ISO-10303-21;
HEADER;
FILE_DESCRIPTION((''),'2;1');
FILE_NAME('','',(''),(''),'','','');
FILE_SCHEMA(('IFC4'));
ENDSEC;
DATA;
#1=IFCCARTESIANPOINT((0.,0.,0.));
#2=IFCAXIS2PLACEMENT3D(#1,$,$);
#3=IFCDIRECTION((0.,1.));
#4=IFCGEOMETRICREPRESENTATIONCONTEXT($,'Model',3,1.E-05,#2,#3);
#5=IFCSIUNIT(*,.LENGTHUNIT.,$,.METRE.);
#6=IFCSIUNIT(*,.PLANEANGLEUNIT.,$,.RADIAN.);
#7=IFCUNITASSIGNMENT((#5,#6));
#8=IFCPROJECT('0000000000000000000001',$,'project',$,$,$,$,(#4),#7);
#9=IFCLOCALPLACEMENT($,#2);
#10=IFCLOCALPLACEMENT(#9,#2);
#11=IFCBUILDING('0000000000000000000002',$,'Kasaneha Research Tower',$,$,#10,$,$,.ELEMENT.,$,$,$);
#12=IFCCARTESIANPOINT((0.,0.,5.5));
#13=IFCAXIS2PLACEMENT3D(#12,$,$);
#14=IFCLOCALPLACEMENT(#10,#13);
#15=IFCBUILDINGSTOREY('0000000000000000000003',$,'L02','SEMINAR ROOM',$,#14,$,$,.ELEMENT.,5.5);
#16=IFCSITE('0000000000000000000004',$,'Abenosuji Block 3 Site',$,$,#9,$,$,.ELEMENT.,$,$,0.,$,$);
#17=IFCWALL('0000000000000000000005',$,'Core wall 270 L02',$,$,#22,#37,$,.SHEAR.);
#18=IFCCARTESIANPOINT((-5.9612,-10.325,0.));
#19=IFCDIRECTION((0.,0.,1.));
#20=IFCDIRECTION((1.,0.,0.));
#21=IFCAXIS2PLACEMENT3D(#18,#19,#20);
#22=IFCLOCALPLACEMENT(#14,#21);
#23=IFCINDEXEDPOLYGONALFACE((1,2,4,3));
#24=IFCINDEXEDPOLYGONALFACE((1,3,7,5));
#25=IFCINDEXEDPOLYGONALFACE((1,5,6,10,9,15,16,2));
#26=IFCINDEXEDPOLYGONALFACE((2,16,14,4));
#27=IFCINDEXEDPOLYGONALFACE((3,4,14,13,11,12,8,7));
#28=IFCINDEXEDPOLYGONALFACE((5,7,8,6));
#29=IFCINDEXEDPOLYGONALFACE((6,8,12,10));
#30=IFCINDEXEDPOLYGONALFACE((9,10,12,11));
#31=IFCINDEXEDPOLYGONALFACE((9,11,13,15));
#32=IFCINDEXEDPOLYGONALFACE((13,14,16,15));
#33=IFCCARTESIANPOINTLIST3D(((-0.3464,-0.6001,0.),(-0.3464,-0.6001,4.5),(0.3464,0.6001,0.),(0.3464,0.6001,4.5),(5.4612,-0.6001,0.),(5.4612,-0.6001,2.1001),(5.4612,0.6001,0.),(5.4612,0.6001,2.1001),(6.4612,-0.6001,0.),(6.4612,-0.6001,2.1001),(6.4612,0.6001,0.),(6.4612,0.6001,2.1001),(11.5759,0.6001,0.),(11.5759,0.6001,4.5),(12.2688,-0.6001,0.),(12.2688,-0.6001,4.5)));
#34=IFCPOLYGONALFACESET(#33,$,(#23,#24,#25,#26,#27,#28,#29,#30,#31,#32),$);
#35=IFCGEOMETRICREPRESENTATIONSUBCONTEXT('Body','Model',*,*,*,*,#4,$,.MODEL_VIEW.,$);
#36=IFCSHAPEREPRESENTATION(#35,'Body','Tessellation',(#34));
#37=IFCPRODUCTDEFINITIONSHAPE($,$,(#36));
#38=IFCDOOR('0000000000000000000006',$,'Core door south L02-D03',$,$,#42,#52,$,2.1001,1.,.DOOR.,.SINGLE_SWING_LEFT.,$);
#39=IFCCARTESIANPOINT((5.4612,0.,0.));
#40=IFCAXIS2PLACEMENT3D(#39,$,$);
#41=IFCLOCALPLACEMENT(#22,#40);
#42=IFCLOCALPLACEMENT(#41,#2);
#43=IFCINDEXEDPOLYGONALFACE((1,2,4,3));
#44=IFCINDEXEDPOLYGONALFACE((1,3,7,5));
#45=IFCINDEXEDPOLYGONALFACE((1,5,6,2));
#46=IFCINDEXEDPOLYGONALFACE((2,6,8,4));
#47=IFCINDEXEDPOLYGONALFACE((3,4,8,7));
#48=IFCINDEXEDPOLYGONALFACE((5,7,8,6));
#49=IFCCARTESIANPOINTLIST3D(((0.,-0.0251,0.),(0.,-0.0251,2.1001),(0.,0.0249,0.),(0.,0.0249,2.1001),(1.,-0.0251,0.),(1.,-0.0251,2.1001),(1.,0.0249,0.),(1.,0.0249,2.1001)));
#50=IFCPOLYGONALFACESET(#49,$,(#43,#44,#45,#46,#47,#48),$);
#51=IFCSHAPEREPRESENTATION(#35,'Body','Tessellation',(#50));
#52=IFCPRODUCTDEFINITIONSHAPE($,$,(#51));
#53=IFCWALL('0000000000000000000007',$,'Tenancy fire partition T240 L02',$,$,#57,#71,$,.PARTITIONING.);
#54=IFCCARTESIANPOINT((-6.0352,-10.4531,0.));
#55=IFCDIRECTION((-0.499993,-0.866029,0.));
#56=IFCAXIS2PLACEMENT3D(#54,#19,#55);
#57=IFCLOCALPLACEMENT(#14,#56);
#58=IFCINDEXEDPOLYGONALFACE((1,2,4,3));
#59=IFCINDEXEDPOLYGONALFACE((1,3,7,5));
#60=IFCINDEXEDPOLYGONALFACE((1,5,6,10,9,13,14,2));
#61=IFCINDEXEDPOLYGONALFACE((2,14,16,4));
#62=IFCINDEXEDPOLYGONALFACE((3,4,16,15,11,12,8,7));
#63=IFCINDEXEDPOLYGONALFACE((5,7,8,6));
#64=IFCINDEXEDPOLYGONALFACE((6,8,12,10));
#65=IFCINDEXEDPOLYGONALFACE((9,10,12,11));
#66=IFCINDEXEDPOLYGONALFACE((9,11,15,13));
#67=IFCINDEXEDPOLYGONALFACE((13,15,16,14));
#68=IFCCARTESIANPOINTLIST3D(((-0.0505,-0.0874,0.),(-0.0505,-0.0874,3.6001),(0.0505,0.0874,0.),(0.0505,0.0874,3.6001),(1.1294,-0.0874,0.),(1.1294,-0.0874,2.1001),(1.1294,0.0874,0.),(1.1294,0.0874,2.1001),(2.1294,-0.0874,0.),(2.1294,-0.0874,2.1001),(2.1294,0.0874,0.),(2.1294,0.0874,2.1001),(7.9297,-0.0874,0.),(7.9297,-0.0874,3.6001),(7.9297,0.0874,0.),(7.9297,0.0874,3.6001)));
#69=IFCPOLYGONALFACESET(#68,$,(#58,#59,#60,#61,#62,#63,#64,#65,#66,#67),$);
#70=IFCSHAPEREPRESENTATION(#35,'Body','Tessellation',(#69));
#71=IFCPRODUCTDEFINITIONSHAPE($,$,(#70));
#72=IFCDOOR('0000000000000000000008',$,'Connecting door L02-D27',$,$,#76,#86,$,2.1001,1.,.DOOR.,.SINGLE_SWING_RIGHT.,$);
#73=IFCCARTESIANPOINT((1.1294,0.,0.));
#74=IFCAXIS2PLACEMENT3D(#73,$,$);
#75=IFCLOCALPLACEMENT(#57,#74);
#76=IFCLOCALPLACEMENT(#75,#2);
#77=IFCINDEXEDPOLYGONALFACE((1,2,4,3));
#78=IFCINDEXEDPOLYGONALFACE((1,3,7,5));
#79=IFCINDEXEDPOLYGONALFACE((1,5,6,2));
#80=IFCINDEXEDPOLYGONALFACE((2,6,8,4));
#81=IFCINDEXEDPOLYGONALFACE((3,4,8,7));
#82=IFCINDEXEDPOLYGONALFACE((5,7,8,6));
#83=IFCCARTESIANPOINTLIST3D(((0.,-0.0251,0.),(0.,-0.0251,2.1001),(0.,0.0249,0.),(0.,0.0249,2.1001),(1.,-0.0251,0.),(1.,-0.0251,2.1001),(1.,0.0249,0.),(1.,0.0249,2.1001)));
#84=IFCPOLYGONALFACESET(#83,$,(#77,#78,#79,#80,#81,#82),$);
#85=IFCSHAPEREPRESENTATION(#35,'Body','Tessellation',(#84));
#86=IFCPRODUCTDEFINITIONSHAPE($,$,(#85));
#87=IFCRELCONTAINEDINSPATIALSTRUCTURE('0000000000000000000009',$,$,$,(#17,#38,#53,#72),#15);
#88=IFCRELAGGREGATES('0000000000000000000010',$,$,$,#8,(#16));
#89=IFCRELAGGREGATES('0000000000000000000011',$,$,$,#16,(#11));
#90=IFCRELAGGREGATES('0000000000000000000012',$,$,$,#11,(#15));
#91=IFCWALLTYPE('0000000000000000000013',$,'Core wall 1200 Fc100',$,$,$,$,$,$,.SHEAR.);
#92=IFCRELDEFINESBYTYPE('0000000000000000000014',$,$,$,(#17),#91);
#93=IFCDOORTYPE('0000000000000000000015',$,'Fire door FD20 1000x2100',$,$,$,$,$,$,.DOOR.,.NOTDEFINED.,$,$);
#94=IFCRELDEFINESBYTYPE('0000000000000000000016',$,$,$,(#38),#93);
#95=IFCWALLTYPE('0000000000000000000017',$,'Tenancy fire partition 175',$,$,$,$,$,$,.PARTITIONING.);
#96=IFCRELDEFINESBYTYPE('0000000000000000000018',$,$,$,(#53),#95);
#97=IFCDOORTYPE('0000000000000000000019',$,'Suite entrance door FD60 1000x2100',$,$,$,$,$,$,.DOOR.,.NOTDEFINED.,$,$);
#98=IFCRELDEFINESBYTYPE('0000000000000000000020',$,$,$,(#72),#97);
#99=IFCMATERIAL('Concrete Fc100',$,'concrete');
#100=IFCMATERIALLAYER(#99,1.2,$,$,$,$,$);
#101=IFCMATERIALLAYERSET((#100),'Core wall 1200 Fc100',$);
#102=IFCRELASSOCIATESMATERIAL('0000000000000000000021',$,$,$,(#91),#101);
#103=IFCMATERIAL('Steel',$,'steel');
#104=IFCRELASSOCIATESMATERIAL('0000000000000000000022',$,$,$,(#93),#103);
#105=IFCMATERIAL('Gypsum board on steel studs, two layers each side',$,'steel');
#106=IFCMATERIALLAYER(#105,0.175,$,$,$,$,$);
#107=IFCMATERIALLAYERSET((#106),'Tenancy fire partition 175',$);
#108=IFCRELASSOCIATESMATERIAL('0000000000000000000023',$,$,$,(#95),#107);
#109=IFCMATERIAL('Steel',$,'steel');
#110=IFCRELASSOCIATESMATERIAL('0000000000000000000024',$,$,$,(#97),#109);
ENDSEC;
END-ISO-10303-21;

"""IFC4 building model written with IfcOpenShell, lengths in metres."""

from ifc_helpers import new_model, si_unit, direction, frame, frame_2d, origin, place, context, subcontext, project, spatial, polyline, rectangle, outline, extrude, material, layer, layer_set, type_object, element, fill, save


model = new_model("IFC4")

# Units and contexts
model_context = context("Model", 3, precision=1e-05, world=origin(), true_north=direction((0.0, 1.0)))
body_context = subcontext(model_context, "Body", "Model", "MODEL_VIEW")
ifc_project = project(units=[si_unit("LENGTHUNIT", "METRE"), si_unit("PLANEANGLEUNIT", "RADIAN")], contexts=[model_context])

# Site, building, storey
site_placement = place(None, origin())
site = spatial("IfcSite", under=ifc_project, at=site_placement, Name="Abenosuji Block 3 Site", CompositionType="ELEMENT", RefElevation=0.0)
building_placement = place(site_placement, origin())
building = spatial("IfcBuilding", under=site, at=building_placement, Name="Kasaneha Research Tower", CompositionType="ELEMENT")
storey_placement = place(building_placement, frame((0.0, 0.0, 5.5)))
storey = spatial("IfcBuildingStorey", under=building, at=storey_placement, Name="L02", Description="SEMINAR ROOM", CompositionType="ELEMENT", Elevation=5.5)

# Walls, openings, doors
ifc_material_1 = material(Name="Concrete Fc100", Category="concrete")
ifc_layer_1 = layer(ifc_material_1, 1.2)
ifc_layer_set_1 = layer_set([ifc_layer_1], Name="Core wall 1200 Fc100")
wall_type_1 = type_object("IfcWallType", Name="Core wall 1200 Fc100", PredefinedType="SHEAR", material=ifc_layer_set_1)
wall_1_placement = place(storey_placement, frame((-5.9612, -10.325, 0.0), z_axis=(0.0, 0.0, 1.0), x_axis=(1.0, 0.0, 0.0)))
wall_1 = element("IfcWall", 1, at=wall_1_placement, inside=storey, type_object=wall_type_1, Name="Core wall 270 L02", PredefinedType="SHEAR", context=body_context, shape_type="SweptSolid", body=[
    extrude(outline(polyline([(-0.3464, -0.6001), (5.4612, -0.6001), (6.4612, -0.6001), (12.2688, -0.6001), (11.5759, 0.6001), (6.4612, 0.6001), (5.4612, 0.6001), (0.3464, 0.6001), (-0.3464, -0.6001)])), origin(), (0.0, 0.0, 1.0), 4.5),
])
opening_1_placement = place(wall_1_placement, frame((5.4612, 0.0, 0.0)))
opening_1 = element("IfcOpeningElement", 2, at=opening_1_placement, cuts=wall_1, PredefinedType="OPENING", context=body_context, shape_type="SweptSolid", body=[
    extrude(rectangle(XDim=1.0, YDim=2.1001, at=frame_2d((0.5, 1.05))), frame((0.0, 0.6099, 0.0), z_axis=(0.0, -1.0, 0.0), x_axis=(1.0, 0.0, 0.0)), (0.0, 0.0, 1.0), 1.22),
])
ifc_material_2 = material(Name="Steel", Category="steel")
door_type_1 = type_object("IfcDoorType", Name="Fire door FD20 1000x2100", OperationType="NOTDEFINED", PredefinedType="DOOR", material=ifc_material_2)
door_1_placement = place(opening_1_placement, origin())
door_1 = element("IfcDoor", 3, at=door_1_placement, inside=storey, type_object=door_type_1, Name="Core door south L02-D03", OperationType="SINGLE_SWING_LEFT", OverallHeight=2.1001, OverallWidth=1.0, PredefinedType="DOOR", context=body_context, shape_type="SweptSolid", body=[
    extrude(rectangle(XDim=1.0, YDim=2.1001, at=frame_2d((0.5, 1.05))), frame((0.0, 0.0249, 0.0), z_axis=(0.0, -1.0, 0.0), x_axis=(1.0, 0.0, 0.0)), (0.0, 0.0, 1.0), 0.05),
])
fill(opening_1, door_1)
ifc_material_3 = material(Name="Gypsum board on steel studs, two layers each side", Category="steel")
ifc_layer_2 = layer(ifc_material_3, 0.175)
ifc_layer_set_2 = layer_set([ifc_layer_2], Name="Tenancy fire partition 175")
wall_type_2 = type_object("IfcWallType", Name="Tenancy fire partition 175", PredefinedType="PARTITIONING", material=ifc_layer_set_2)
wall_2_placement = place(storey_placement, frame((-6.0352, -10.4531, 0.0), z_axis=(0.0, 0.0, 1.0), x_axis=(-0.499993, -0.866029, 0.0)))
wall_2 = element("IfcWall", 4, at=wall_2_placement, inside=storey, type_object=wall_type_2, Name="Tenancy fire partition T240 L02", PredefinedType="PARTITIONING", context=body_context, shape_type="SweptSolid", body=[
    extrude(outline(polyline([(-0.0505, -0.0874), (1.1294, -0.0874), (2.1294, -0.0874), (7.9297, -0.0874), (7.9297, 0.0874), (2.1294, 0.0874), (1.1294, 0.0874), (0.0505, 0.0874), (-0.0505, -0.0874)])), origin(), (0.0, 0.0, 1.0), 3.6001),
])
opening_2_placement = place(wall_2_placement, frame((1.1294, 0.0, 0.0)))
opening_2 = element("IfcOpeningElement", 5, at=opening_2_placement, cuts=wall_2, PredefinedType="OPENING", context=body_context, shape_type="SweptSolid", body=[
    extrude(rectangle(XDim=1.0, YDim=2.1001, at=frame_2d((0.5, 1.05))), frame((0.0, 0.0977, 0.0), z_axis=(0.0, -1.0, 0.0), x_axis=(1.0, 0.0, 0.0)), (0.0, 0.0, 1.0), 0.1951),
])
ifc_material_4 = material(Name="Steel", Category="steel")
door_type_2 = type_object("IfcDoorType", Name="Suite entrance door FD60 1000x2100", OperationType="NOTDEFINED", PredefinedType="DOOR", material=ifc_material_4)
door_2_placement = place(opening_2_placement, origin())
door_2 = element("IfcDoor", 6, at=door_2_placement, inside=storey, type_object=door_type_2, Name="Connecting door L02-D27", OperationType="SINGLE_SWING_RIGHT", OverallHeight=2.1001, OverallWidth=1.0, PredefinedType="DOOR", context=body_context, shape_type="SweptSolid", body=[
    extrude(rectangle(XDim=1.0, YDim=2.1001, at=frame_2d((0.5, 1.05))), frame((0.0, 0.0249, 0.0), z_axis=(0.0, -1.0, 0.0), x_axis=(1.0, 0.0, 0.0)), (0.0, 0.0, 1.0), 0.05),
])
fill(opening_2, door_2)

save(model, "model.ifc")
